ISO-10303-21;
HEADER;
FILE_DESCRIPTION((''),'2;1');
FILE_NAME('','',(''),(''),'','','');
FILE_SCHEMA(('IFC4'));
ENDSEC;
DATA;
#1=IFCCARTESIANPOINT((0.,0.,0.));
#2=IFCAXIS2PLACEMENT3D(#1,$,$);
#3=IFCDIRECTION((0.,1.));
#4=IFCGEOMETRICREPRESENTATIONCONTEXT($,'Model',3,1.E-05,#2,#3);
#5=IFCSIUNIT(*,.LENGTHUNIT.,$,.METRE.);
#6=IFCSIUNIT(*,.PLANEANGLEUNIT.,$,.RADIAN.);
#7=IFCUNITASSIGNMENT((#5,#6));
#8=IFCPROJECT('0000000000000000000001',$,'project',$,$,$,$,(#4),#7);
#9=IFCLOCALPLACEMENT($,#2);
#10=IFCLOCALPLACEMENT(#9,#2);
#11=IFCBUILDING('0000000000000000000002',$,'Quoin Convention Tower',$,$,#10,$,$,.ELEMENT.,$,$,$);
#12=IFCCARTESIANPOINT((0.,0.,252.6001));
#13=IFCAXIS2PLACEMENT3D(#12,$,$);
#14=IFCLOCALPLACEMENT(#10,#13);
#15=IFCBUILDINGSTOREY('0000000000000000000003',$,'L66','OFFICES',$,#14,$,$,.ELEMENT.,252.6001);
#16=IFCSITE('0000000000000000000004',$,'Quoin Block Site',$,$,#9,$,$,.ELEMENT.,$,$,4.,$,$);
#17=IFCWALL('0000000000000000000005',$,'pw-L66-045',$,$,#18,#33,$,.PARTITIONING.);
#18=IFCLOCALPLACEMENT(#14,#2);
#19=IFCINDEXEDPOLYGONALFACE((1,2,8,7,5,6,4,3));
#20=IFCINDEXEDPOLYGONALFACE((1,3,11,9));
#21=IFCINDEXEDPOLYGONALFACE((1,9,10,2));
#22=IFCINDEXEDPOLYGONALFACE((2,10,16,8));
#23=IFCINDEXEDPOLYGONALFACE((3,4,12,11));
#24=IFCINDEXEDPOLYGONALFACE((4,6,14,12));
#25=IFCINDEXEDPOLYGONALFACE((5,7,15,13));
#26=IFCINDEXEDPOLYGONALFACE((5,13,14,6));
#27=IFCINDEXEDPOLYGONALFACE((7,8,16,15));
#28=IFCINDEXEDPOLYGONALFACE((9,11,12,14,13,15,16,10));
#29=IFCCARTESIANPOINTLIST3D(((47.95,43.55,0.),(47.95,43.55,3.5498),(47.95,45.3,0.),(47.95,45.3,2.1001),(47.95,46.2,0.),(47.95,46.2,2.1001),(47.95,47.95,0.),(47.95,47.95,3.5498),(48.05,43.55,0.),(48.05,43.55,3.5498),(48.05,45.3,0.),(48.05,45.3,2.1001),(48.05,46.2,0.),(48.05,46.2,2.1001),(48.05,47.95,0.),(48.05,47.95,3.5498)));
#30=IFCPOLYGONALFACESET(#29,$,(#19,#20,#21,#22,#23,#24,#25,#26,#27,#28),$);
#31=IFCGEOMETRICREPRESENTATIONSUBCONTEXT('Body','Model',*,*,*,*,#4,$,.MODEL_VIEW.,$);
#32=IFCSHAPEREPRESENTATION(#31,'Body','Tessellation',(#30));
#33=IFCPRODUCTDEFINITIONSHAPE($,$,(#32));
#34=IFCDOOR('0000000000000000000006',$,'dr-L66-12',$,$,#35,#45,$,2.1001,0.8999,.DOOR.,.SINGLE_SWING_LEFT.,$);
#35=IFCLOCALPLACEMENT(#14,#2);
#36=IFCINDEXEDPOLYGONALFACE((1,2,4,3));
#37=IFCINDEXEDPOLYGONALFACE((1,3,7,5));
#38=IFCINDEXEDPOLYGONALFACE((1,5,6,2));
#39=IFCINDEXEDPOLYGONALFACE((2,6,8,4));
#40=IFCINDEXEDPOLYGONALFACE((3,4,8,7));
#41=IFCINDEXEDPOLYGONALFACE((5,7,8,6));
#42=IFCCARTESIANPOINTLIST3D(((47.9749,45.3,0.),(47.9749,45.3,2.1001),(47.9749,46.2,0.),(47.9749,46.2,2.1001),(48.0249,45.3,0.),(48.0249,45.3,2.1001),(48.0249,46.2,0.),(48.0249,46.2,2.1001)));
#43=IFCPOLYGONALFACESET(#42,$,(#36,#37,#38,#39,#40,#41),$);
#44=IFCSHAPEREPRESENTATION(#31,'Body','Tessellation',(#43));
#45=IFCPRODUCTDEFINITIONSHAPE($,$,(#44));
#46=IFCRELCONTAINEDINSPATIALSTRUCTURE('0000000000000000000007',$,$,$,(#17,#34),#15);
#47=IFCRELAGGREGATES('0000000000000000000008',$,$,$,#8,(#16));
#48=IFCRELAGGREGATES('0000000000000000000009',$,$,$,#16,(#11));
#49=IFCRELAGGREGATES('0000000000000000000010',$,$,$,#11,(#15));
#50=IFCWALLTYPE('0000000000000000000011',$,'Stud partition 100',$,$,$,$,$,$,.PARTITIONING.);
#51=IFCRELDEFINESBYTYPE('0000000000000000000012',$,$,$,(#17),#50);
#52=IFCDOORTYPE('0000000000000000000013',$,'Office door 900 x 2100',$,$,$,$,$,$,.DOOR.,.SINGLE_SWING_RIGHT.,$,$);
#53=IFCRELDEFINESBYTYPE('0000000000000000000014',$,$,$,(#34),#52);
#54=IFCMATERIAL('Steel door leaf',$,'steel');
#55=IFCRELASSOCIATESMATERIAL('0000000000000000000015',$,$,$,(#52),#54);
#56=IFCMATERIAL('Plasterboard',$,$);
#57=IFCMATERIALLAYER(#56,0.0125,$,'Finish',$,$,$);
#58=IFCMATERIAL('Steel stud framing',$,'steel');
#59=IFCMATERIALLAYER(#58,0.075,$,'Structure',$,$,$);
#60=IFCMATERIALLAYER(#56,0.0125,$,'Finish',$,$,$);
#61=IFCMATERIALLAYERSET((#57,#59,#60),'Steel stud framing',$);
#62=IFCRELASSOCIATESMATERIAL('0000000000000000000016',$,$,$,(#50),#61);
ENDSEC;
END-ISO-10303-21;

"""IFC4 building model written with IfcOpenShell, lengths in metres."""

from ifc_helpers import new_model, si_unit, direction, frame, frame_2d, origin, place, context, subcontext, project, spatial, rectangle, extrude, material, layer, layer_set, type_object, element, fill, save


model = new_model("IFC4")

# Units and contexts
model_context = context("Model", 3, precision=1e-05, world=origin(), true_north=direction((0.0, 1.0)))
body_context = subcontext(model_context, "Body", "Model", "MODEL_VIEW")
ifc_project = project(units=[si_unit("LENGTHUNIT", "METRE"), si_unit("PLANEANGLEUNIT", "RADIAN")], contexts=[model_context])

# Site, building, storey
site_placement = place(None, origin())
site = spatial("IfcSite", under=ifc_project, at=site_placement, Name="Quoin Block Site", CompositionType="ELEMENT", RefElevation=4.0)
building_placement = place(site_placement, origin())
building = spatial("IfcBuilding", under=site, at=building_placement, Name="Quoin Convention Tower", CompositionType="ELEMENT")
storey_placement = place(building_placement, frame((0.0, 0.0, 252.6001)))
storey = spatial("IfcBuildingStorey", under=building, at=storey_placement, Name="L66", Description="OFFICES", CompositionType="ELEMENT", Elevation=252.6001)

# Shared definitions
ifc_material_1 = material(Name="Plasterboard")
ifc_material_2 = material(Name="Steel stud framing", Category="steel")
ifc_material_3 = material(Name="Steel door leaf", Category="steel")
door_type_1 = type_object("IfcDoorType", Name="Office door 900 x 2100", OperationType="SINGLE_SWING_RIGHT", PredefinedType="DOOR", material=ifc_material_3)

# Wall, opening, door
ifc_layer_1 = layer(ifc_material_1, 0.0125, Name="Finish")
ifc_layer_2 = layer(ifc_material_2, 0.075, Name="Structure")
ifc_layer_3 = layer(ifc_material_1, 0.0125, Name="Finish")
ifc_layer_set_1 = layer_set([ifc_layer_1, ifc_layer_2, ifc_layer_3], Name="Steel stud framing")
wall_type_1 = type_object("IfcWallType", Name="Stud partition 100", PredefinedType="PARTITIONING", material=ifc_layer_set_1)
wall_1_placement = place(storey_placement, frame((48.0, 43.55, 0.0), z_axis=(0.0, 0.0, 1.0), x_axis=(0.0, 1.0, 0.0)))
wall_1 = element("IfcWall", 1, at=wall_1_placement, inside=storey, type_object=wall_type_1, Name="pw-L66-045", PredefinedType="PARTITIONING", context=body_context, shape_type="SweptSolid", body=[
    extrude(rectangle(XDim=4.3999, YDim=0.1001, at=frame_2d((2.2, 0.0))), origin(), (0.0, 0.0, 1.0), 3.5498),
])
opening_1_placement = place(wall_1_placement, frame((1.75, 0.0, 0.0)))
opening_1 = element("IfcOpeningElement", 2, at=opening_1_placement, cuts=wall_1, PredefinedType="OPENING", context=body_context, shape_type="SweptSolid", body=[
    extrude(rectangle(XDim=0.8999, YDim=2.1001, at=frame_2d((0.45, 1.05))), frame((0.0, 0.0601, 0.0), z_axis=(0.0, -1.0, 0.0), x_axis=(1.0, 0.0, 0.0)), (0.0, 0.0, 1.0), 0.1201),
])
door_1_placement = place(opening_1_placement, frame((0.8999, 0.0, 0.0), z_axis=(0.0, 0.0, 1.0), x_axis=(-1.0, 0.0, 0.0)))
door_1 = element("IfcDoor", 3, at=door_1_placement, inside=storey, type_object=door_type_1, Name="dr-L66-12", OperationType="SINGLE_SWING_LEFT", OverallHeight=2.1001, OverallWidth=0.8999, PredefinedType="DOOR", context=body_context, shape_type="SweptSolid", body=[
    extrude(rectangle(XDim=0.8999, YDim=2.1001, at=frame_2d((0.45, 1.05))), frame((0.0, 0.0249, 0.0), z_axis=(0.0, -1.0, 0.0), x_axis=(1.0, 0.0, 0.0)), (0.0, 0.0, 1.0), 0.05),
])
fill(opening_1, door_1)

save(model, "model.ifc")
